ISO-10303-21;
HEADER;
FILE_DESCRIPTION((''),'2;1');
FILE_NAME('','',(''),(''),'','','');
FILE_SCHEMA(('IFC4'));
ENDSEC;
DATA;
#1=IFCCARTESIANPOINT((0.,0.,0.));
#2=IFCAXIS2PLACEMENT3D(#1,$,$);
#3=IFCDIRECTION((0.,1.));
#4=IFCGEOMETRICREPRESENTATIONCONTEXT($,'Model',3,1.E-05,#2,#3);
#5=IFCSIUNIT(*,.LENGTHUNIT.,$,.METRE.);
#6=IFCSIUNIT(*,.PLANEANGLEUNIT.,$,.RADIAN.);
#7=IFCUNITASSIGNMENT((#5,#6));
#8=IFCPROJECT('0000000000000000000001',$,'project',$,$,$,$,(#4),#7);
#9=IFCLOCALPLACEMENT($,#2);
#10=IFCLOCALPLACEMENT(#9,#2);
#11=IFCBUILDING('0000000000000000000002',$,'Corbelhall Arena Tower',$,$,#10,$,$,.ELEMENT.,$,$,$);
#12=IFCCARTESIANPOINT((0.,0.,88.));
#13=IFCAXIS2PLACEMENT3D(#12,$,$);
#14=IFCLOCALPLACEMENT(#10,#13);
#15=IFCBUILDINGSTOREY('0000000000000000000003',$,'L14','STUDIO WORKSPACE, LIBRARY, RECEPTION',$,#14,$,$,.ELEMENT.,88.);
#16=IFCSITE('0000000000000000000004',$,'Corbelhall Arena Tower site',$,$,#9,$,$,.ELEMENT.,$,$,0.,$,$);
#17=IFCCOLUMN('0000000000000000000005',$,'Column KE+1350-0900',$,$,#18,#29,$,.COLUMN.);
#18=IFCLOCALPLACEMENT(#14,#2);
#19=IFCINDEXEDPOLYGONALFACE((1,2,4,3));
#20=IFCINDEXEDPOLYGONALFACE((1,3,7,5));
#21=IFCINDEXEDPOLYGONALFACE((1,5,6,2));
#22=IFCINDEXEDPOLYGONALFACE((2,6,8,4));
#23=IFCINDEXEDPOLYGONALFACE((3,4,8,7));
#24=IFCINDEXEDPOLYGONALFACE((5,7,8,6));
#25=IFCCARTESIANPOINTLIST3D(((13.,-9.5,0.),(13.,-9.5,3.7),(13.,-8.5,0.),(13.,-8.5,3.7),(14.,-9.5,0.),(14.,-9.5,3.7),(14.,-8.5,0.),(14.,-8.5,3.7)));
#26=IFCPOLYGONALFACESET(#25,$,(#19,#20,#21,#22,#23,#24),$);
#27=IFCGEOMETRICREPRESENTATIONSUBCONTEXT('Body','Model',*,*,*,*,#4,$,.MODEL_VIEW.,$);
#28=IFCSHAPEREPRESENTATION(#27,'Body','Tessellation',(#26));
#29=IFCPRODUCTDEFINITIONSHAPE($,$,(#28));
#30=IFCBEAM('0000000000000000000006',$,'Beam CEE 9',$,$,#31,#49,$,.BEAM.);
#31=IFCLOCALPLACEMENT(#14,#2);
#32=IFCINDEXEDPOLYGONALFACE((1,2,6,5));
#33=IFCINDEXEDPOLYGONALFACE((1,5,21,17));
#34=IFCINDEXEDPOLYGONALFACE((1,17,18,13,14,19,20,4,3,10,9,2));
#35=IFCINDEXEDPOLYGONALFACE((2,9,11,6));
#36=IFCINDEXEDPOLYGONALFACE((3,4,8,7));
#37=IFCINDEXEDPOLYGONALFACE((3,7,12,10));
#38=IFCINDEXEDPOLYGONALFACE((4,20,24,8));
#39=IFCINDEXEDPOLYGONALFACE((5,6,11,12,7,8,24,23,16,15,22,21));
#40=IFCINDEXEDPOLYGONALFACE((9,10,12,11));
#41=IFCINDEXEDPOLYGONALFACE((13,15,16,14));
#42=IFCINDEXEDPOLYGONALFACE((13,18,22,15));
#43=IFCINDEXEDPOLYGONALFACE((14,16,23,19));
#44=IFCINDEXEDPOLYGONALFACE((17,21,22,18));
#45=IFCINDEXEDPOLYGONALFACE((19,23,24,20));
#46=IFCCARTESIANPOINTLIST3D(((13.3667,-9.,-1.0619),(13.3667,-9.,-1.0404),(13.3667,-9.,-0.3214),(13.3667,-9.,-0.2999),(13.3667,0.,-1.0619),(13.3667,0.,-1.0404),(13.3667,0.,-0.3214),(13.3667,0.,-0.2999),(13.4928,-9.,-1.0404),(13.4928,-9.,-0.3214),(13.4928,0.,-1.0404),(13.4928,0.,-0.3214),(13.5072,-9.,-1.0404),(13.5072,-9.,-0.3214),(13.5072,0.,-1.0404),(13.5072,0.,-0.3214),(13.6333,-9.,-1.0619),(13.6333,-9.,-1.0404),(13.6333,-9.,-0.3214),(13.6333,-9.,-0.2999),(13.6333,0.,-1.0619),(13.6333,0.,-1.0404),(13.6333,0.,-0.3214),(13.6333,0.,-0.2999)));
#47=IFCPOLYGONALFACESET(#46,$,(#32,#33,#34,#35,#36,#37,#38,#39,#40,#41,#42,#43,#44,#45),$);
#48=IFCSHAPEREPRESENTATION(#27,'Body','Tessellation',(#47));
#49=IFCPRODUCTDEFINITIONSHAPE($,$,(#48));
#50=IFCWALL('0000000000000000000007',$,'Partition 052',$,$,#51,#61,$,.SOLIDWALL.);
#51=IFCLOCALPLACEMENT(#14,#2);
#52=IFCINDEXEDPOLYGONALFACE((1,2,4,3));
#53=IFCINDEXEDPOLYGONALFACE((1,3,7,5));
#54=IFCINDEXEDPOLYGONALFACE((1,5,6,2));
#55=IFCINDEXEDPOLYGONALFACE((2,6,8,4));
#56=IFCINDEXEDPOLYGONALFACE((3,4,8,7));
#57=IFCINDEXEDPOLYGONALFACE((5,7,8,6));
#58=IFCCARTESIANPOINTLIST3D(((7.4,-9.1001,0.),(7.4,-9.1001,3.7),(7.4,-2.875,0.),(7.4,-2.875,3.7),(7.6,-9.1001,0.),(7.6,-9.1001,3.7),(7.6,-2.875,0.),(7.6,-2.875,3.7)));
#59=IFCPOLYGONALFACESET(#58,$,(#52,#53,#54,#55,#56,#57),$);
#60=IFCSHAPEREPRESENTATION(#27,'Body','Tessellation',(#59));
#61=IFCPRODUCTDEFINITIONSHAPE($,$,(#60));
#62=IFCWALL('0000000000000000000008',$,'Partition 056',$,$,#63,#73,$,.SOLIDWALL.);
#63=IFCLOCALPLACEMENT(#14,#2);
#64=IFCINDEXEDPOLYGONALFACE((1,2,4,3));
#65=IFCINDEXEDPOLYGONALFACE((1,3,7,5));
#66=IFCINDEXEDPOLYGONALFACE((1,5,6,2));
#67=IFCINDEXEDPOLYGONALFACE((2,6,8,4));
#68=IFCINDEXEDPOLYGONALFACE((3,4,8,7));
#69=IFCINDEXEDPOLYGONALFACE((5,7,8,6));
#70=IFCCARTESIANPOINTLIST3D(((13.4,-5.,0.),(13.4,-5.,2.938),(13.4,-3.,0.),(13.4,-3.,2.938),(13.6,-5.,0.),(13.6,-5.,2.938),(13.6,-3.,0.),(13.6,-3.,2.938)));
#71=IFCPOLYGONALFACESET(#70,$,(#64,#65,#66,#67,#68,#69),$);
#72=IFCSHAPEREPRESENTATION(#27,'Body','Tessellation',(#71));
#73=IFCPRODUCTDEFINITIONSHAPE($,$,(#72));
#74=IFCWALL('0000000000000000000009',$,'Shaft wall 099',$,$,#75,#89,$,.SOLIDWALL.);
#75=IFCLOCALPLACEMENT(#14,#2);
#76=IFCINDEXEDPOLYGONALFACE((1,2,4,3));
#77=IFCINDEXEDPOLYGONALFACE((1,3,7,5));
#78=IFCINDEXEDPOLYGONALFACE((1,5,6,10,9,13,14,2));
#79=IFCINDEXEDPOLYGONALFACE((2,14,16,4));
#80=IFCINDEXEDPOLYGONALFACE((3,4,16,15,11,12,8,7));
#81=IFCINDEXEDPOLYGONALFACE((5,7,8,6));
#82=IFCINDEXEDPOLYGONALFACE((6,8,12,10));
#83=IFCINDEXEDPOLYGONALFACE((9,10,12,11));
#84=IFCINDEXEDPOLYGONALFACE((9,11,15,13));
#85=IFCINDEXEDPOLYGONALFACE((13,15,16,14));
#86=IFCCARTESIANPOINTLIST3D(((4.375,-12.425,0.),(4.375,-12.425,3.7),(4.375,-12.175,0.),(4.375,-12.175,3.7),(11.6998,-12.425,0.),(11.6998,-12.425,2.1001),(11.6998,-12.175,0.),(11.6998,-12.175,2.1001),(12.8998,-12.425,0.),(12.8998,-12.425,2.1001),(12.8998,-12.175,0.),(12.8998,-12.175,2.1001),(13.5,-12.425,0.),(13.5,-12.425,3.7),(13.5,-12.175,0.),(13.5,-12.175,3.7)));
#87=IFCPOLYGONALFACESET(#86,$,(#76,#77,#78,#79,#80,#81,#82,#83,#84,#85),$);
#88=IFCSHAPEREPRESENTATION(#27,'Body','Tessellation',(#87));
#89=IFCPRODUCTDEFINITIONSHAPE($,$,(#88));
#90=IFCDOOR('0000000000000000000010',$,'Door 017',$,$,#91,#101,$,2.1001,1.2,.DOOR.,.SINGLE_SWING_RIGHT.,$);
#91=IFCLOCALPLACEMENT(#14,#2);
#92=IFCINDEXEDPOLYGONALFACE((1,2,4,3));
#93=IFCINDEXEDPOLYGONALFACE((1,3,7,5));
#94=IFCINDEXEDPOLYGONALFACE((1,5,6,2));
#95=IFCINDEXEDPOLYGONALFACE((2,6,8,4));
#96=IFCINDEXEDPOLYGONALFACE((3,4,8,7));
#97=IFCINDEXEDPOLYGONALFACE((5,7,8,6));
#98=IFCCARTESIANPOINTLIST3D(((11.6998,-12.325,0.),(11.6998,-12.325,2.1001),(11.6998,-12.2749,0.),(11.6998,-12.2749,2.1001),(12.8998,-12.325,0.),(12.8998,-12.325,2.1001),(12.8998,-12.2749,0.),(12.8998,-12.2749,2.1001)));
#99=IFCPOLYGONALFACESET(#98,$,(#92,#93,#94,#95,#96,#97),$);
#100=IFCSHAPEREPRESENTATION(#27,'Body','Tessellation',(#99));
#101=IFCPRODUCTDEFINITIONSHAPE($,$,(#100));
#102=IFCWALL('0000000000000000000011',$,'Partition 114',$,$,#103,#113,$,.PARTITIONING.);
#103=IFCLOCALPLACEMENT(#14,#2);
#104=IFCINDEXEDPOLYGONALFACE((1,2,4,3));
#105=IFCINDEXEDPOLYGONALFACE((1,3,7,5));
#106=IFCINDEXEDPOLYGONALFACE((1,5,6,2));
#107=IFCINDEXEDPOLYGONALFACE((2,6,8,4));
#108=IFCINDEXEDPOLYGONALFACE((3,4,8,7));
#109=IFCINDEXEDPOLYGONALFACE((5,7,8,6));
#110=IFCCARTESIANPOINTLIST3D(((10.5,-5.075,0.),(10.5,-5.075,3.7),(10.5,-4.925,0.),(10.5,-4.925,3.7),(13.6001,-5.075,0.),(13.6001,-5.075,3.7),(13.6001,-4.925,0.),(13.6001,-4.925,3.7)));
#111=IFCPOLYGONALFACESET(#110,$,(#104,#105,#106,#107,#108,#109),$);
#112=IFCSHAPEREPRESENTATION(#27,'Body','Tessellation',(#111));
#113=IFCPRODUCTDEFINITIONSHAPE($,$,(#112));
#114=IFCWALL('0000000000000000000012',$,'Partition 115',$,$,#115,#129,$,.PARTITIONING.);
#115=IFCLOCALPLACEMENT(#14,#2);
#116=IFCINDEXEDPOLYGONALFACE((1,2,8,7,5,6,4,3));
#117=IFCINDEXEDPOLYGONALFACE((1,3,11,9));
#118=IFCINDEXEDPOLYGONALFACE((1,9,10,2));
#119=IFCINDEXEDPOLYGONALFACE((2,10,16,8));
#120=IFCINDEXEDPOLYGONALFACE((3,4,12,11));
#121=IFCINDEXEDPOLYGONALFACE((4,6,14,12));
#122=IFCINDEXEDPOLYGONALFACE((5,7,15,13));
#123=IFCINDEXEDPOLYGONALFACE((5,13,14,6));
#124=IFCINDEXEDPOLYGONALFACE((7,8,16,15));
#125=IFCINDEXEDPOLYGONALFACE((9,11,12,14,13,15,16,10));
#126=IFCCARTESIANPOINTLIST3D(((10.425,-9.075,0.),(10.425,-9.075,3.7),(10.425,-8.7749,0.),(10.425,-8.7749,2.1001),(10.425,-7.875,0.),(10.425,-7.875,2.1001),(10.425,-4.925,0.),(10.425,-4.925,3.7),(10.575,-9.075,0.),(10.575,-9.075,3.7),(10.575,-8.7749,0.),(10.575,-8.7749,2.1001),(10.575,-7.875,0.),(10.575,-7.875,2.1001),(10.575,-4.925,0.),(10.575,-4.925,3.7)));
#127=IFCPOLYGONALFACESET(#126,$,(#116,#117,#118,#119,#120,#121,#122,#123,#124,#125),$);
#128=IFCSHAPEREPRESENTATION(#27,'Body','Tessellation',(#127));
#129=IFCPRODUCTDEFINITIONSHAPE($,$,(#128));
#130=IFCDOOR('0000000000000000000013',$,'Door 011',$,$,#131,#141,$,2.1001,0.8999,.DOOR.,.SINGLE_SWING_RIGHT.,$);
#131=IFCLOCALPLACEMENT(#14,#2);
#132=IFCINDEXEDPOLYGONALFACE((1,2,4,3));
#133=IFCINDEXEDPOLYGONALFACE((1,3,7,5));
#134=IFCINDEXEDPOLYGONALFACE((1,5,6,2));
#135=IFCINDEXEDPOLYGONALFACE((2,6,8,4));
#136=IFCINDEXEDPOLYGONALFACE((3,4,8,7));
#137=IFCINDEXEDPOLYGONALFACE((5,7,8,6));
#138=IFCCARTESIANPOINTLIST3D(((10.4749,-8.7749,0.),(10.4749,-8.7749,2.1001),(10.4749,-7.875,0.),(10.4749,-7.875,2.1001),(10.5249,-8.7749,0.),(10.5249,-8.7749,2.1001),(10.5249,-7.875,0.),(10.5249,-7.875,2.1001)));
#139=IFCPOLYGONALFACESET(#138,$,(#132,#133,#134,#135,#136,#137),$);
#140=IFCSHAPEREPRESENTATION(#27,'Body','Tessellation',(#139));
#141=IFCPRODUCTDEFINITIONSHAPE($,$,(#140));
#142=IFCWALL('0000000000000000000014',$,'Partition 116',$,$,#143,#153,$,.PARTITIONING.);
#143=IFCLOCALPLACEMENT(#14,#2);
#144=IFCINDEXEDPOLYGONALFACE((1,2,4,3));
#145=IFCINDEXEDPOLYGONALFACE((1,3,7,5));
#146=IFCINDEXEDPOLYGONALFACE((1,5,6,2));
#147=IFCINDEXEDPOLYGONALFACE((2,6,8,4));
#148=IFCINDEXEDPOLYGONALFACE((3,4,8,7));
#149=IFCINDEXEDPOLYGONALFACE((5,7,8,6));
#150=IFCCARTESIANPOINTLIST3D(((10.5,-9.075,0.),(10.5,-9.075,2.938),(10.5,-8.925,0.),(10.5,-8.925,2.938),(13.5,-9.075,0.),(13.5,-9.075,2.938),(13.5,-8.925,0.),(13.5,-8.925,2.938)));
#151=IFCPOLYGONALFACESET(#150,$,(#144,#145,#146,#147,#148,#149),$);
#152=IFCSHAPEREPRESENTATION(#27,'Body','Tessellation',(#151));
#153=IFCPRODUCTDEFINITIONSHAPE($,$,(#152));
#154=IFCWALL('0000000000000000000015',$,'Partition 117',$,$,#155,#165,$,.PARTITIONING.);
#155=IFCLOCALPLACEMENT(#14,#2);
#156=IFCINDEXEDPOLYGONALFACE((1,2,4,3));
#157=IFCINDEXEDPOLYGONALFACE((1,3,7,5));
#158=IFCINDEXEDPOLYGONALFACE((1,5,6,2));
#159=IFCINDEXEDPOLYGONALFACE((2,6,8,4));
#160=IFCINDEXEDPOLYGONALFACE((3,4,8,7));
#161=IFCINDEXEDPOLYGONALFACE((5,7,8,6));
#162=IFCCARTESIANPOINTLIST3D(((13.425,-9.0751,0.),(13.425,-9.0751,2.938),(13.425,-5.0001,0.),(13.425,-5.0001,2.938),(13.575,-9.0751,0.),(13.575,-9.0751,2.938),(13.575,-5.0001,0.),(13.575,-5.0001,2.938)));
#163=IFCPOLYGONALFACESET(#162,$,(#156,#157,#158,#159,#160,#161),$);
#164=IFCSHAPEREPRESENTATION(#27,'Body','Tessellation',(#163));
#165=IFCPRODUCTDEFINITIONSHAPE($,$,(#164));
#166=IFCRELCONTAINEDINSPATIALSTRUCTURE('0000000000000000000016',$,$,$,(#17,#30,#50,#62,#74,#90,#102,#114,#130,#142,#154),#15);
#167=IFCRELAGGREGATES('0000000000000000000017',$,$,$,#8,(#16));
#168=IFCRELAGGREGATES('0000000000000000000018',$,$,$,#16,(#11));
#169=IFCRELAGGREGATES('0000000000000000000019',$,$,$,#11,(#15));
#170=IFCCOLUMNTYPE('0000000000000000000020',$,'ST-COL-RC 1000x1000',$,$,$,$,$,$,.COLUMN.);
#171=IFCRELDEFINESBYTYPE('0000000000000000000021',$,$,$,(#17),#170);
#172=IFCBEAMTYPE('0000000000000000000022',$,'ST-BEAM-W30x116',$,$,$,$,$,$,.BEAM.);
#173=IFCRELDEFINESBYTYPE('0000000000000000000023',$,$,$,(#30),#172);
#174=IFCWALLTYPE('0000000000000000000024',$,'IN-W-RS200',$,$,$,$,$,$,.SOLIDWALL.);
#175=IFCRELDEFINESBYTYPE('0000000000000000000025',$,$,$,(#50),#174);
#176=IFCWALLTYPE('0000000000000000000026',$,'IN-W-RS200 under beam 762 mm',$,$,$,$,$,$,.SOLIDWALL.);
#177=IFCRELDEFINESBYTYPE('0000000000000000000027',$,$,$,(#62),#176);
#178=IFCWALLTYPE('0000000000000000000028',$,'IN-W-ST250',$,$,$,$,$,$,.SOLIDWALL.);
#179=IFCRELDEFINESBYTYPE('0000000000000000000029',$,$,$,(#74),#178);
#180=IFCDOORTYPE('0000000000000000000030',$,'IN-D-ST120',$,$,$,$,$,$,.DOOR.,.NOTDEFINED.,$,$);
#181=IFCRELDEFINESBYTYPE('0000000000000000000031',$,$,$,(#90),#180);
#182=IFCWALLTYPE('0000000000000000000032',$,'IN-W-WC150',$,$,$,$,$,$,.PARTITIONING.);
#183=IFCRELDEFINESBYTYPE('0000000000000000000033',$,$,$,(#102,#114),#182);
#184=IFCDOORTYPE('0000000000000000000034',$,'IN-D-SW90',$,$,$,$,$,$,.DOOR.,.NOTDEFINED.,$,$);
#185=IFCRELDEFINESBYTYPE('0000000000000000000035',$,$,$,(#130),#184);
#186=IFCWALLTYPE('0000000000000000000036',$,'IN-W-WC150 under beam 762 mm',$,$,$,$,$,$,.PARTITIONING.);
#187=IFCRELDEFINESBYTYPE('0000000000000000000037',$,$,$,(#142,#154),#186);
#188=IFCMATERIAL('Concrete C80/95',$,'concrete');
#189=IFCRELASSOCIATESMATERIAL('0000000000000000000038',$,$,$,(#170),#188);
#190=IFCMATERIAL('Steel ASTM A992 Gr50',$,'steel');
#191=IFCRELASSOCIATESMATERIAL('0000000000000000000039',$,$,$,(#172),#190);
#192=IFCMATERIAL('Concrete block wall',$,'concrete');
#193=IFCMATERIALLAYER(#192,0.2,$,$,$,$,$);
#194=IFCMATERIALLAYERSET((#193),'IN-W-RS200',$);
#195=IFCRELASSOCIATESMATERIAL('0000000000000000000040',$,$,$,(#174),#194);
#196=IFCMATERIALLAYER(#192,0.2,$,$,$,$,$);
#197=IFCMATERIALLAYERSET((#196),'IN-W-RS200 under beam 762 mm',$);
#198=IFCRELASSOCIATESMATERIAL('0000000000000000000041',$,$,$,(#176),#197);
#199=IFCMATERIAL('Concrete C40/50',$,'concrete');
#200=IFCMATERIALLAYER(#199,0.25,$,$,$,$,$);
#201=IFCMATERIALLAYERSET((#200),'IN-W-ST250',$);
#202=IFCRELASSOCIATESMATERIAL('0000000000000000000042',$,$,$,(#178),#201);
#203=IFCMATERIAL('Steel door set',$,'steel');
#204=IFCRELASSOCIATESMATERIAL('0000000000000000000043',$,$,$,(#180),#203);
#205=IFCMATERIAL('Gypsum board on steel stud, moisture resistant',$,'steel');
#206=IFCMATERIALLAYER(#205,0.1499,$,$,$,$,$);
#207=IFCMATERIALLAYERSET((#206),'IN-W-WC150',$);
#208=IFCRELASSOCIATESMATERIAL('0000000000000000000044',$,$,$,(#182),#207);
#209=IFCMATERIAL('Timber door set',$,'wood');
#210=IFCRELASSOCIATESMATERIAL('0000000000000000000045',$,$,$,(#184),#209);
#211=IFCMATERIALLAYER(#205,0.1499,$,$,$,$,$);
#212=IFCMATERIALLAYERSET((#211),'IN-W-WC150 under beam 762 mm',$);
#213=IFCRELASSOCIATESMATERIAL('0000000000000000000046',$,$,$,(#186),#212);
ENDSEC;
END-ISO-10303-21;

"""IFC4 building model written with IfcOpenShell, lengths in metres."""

from ifc_helpers import new_model, si_unit, direction, frame, frame_2d, origin, origin_2d, place, context, subcontext, project, spatial, rectangle, i_section, extrude, material, layer, layer_set, material_profile, profile_set, type_object, element, fill, save


model = new_model("IFC4")

# Units and contexts
model_context = context("Model", 3, precision=1e-05, world=origin(), true_north=direction((0.0, 1.0)))
body_context = subcontext(model_context, "Body", "Model", "MODEL_VIEW")
ifc_project = project(units=[si_unit("LENGTHUNIT", "METRE"), si_unit("PLANEANGLEUNIT", "RADIAN")], contexts=[model_context])

# Site, building, storey
site_placement = place(None, origin())
site = spatial("IfcSite", under=ifc_project, at=site_placement, Name="Corbelhall Arena Tower site", CompositionType="ELEMENT", RefElevation=0.0)
building_placement = place(site_placement, origin())
building = spatial("IfcBuilding", under=site, at=building_placement, Name="Corbelhall Arena Tower", CompositionType="ELEMENT")
storey_placement = place(building_placement, frame((0.0, 0.0, 88.0)))
storey = spatial("IfcBuildingStorey", under=building, at=storey_placement, Name="L14", Description="STUDIO WORKSPACE, LIBRARY, RECEPTION", CompositionType="ELEMENT", Elevation=88.0)

# Column
ifc_material_1 = material(Name="Concrete C80/95", Category="concrete")
ifc_material_profile_1 = material_profile(ifc_material_1, rectangle(XDim=1.0, YDim=1.0, at=origin_2d()))
ifc_profile_set_1 = profile_set([ifc_material_profile_1], Name="Concrete C80/95")
column_type = type_object("IfcColumnType", Name="ST-COL-RC 1000x1000", PredefinedType="COLUMN", material=ifc_profile_set_1)
column_placement = place(storey_placement, frame((13.5, -9.0, 0.0), z_axis=(0.0, 0.0, 1.0), x_axis=(1.0, 0.0, 0.0)))
element("IfcColumn", 1, at=column_placement, inside=storey, type_object=column_type, Name="Column KE+1350-0900", PredefinedType="COLUMN", context=body_context, shape_type="SweptSolid", body=[
    extrude(rectangle(XDim=1.0, YDim=1.0, at=origin_2d()), origin(), (0.0, 0.0, 1.0), 3.7),
])

# Beam
ifc_material_2 = material(Name="Steel ASTM A992 Gr50", Category="steel")
ifc_material_profile_2 = material_profile(ifc_material_2, i_section(OverallWidth=0.2666, OverallDepth=0.762, WebThickness=0.0144, FlangeThickness=0.0215, at=origin_2d()))
ifc_profile_set_2 = profile_set([ifc_material_profile_2], Name="Steel ASTM A992 Gr50")
beam_type = type_object("IfcBeamType", Name="ST-BEAM-W30x116", PredefinedType="BEAM", material=ifc_profile_set_2)
beam_placement = place(storey_placement, frame((13.5, -9.0, -0.6809), z_axis=(0.0, 1.0, 0.0), x_axis=(-1.0, 0.0, 0.0)))
element("IfcBeam", 2, at=beam_placement, inside=storey, type_object=beam_type, Name="Beam CEE 9", PredefinedType="BEAM", context=body_context, shape_type="SweptSolid", body=[
    extrude(i_section(OverallWidth=0.2666, OverallDepth=0.762, WebThickness=0.0144, FlangeThickness=0.0215, at=origin_2d()), origin(), (0.0, 0.0, 1.0), 9.0),
])

# Shared definitions
ifc_material_3 = material(Name="Steel door set", Category="steel")

# Wall
ifc_material_4 = material(Name="Concrete block wall", Category="concrete")
ifc_layer_1 = layer(ifc_material_4, 0.2)
ifc_layer_set_1 = layer_set([ifc_layer_1], Name="IN-W-RS200")
wall_type_1 = type_object("IfcWallType", Name="IN-W-RS200", PredefinedType="SOLIDWALL", material=ifc_layer_set_1)
wall_1_placement = place(storey_placement, frame((7.5, -2.875, 0.0), z_axis=(0.0, 0.0, 1.0), x_axis=(0.0, -1.0, 0.0)))
element("IfcWall", 3, at=wall_1_placement, inside=storey, type_object=wall_type_1, Name="Partition 052", PredefinedType="SOLIDWALL", context=body_context, shape_type="SweptSolid", body=[
    extrude(rectangle(XDim=6.2251, YDim=0.2, at=frame_2d((3.1125, 0.0))), origin(), (0.0, 0.0, 1.0), 3.7),
])

# Wall
ifc_layer_2 = layer(ifc_material_4, 0.2)
ifc_layer_set_2 = layer_set([ifc_layer_2], Name="IN-W-RS200 under beam 762 mm")
wall_type_2 = type_object("IfcWallType", Name="IN-W-RS200 under beam 762 mm", PredefinedType="SOLIDWALL", material=ifc_layer_set_2)
wall_2_placement = place(storey_placement, frame((13.5, -3.0, 0.0), z_axis=(0.0, 0.0, 1.0), x_axis=(0.0, -1.0, 0.0)))
element("IfcWall", 4, at=wall_2_placement, inside=storey, type_object=wall_type_2, Name="Partition 056", PredefinedType="SOLIDWALL", context=body_context, shape_type="SweptSolid", body=[
    extrude(rectangle(XDim=2.0, YDim=0.2, at=frame_2d((1.0, 0.0))), origin(), (0.0, 0.0, 1.0), 2.938),
])

# Wall, opening, door
ifc_material_5 = material(Name="Concrete C40/50", Category="concrete")
ifc_layer_3 = layer(ifc_material_5, 0.25)
ifc_layer_set_3 = layer_set([ifc_layer_3], Name="IN-W-ST250")
wall_type_3 = type_object("IfcWallType", Name="IN-W-ST250", PredefinedType="SOLIDWALL", material=ifc_layer_set_3)
wall_3_placement = place(storey_placement, frame((13.5, -12.3, 0.0), z_axis=(0.0, 0.0, 1.0), x_axis=(-1.0, 0.0, 0.0)))
wall_3 = element("IfcWall", 5, at=wall_3_placement, inside=storey, type_object=wall_type_3, Name="Shaft wall 099", PredefinedType="SOLIDWALL", context=body_context, shape_type="SweptSolid", body=[
    extrude(rectangle(XDim=9.125, YDim=0.25, at=frame_2d((4.5625, 0.0))), origin(), (0.0, 0.0, 1.0), 3.7),
])
opening_1_placement = place(wall_3_placement, frame((0.6001, 0.0, 0.0)))
opening_1 = element("IfcOpeningElement", 6, at=opening_1_placement, cuts=wall_3, PredefinedType="OPENING", context=body_context, shape_type="SweptSolid", body=[
    extrude(rectangle(XDim=1.2, YDim=2.1001, at=frame_2d((0.6001, 1.05))), frame((0.0, 0.125, 0.0), z_axis=(0.0, -1.0, 0.0), x_axis=(1.0, 0.0, 0.0)), (0.0, 0.0, 1.0), 0.25),
])
door_type_1 = type_object("IfcDoorType", Name="IN-D-ST120", OperationType="NOTDEFINED", PredefinedType="DOOR", material=ifc_material_3)
door_1_placement = place(opening_1_placement, origin())
door_1 = element("IfcDoor", 7, at=door_1_placement, inside=storey, type_object=door_type_1, Name="Door 017", OperationType="SINGLE_SWING_RIGHT", OverallHeight=2.1001, OverallWidth=1.2, PredefinedType="DOOR", context=body_context, shape_type="SweptSolid", body=[
    extrude(rectangle(XDim=1.2, YDim=2.1001, at=frame_2d((0.6001, 1.05))), frame((0.0, 0.0249, 0.0), z_axis=(0.0, -1.0, 0.0), x_axis=(1.0, 0.0, 0.0)), (0.0, 0.0, 1.0), 0.05),
])
fill(opening_1, door_1)

# Wall
ifc_material_6 = material(Name="Gypsum board on steel stud, moisture resistant", Category="steel")
ifc_layer_4 = layer(ifc_material_6, 0.1499)
ifc_layer_set_4 = layer_set([ifc_layer_4], Name="IN-W-WC150")
wall_type_4 = type_object("IfcWallType", Name="IN-W-WC150", PredefinedType="PARTITIONING", material=ifc_layer_set_4)
wall_4_placement = place(storey_placement, frame((10.5, -5.0, 0.0), z_axis=(0.0, 0.0, 1.0), x_axis=(1.0, 0.0, 0.0)))
element("IfcWall", 8, at=wall_4_placement, inside=storey, type_object=wall_type_4, Name="Partition 114", PredefinedType="PARTITIONING", context=body_context, shape_type="SweptSolid", body=[
    extrude(rectangle(XDim=3.1001, YDim=0.1499, at=frame_2d((1.55, 0.0))), origin(), (0.0, 0.0, 1.0), 3.7),
])

# Wall, opening, door
wall_5_placement = place(storey_placement, frame((10.5, -4.925, 0.0), z_axis=(0.0, 0.0, 1.0), x_axis=(0.0, -1.0, 0.0)))
wall_5 = element("IfcWall", 9, at=wall_5_placement, inside=storey, type_object=wall_type_4, Name="Partition 115", PredefinedType="PARTITIONING", context=body_context, shape_type="SweptSolid", body=[
    extrude(rectangle(XDim=4.1499, YDim=0.1499, at=frame_2d((2.075, 0.0))), origin(), (0.0, 0.0, 1.0), 3.7),
])
opening_2_placement = place(wall_5_placement, frame((2.95, 0.0, 0.0)))
opening_2 = element("IfcOpeningElement", 10, at=opening_2_placement, cuts=wall_5, PredefinedType="OPENING", context=body_context, shape_type="SweptSolid", body=[
    extrude(rectangle(XDim=0.8999, YDim=2.1001, at=frame_2d((0.45, 1.05))), frame((0.0, 0.075, 0.0), z_axis=(0.0, -1.0, 0.0), x_axis=(1.0, 0.0, 0.0)), (0.0, 0.0, 1.0), 0.1499),
])
ifc_material_7 = material(Name="Timber door set", Category="wood")
door_type_2 = type_object("IfcDoorType", Name="IN-D-SW90", OperationType="NOTDEFINED", PredefinedType="DOOR", material=ifc_material_7)
door_2_placement = place(opening_2_placement, origin())
door_2 = element("IfcDoor", 11, at=door_2_placement, inside=storey, type_object=door_type_2, Name="Door 011", OperationType="SINGLE_SWING_RIGHT", OverallHeight=2.1001, OverallWidth=0.8999, PredefinedType="DOOR", context=body_context, shape_type="SweptSolid", body=[
    extrude(rectangle(XDim=0.8999, YDim=2.1001, at=frame_2d((0.45, 1.05))), frame((0.0, 0.0249, 0.0), z_axis=(0.0, -1.0, 0.0), x_axis=(1.0, 0.0, 0.0)), (0.0, 0.0, 1.0), 0.05),
])
fill(opening_2, door_2)

# Walls
ifc_layer_5 = layer(ifc_material_6, 0.1499)
ifc_layer_set_5 = layer_set([ifc_layer_5], Name="IN-W-WC150 under beam 762 mm")
wall_type_5 = type_object("IfcWallType", Name="IN-W-WC150 under beam 762 mm", PredefinedType="PARTITIONING", material=ifc_layer_set_5)
wall_6_placement = place(storey_placement, frame((13.5, -9.0, 0.0), z_axis=(0.0, 0.0, 1.0), x_axis=(-1.0, 0.0, 0.0)))
element("IfcWall", 12, at=wall_6_placement, inside=storey, type_object=wall_type_5, Name="Partition 116", PredefinedType="PARTITIONING", context=body_context, shape_type="SweptSolid", body=[
    extrude(rectangle(XDim=3.0, YDim=0.1499, at=frame_2d((1.5, 0.0))), origin(), (0.0, 0.0, 1.0), 2.938),
])
wall_7_placement = place(storey_placement, frame((13.5, -5.0, 0.0), z_axis=(0.0, 0.0, 1.0), x_axis=(0.0, -1.0, 0.0)))
element("IfcWall", 13, at=wall_7_placement, inside=storey, type_object=wall_type_5, Name="Partition 117", PredefinedType="PARTITIONING", context=body_context, shape_type="SweptSolid", body=[
    extrude(rectangle(XDim=4.075, YDim=0.1499, at=frame_2d((2.0376, 0.0))), origin(), (0.0, 0.0, 1.0), 2.938),
])

save(model, "model.ifc")
